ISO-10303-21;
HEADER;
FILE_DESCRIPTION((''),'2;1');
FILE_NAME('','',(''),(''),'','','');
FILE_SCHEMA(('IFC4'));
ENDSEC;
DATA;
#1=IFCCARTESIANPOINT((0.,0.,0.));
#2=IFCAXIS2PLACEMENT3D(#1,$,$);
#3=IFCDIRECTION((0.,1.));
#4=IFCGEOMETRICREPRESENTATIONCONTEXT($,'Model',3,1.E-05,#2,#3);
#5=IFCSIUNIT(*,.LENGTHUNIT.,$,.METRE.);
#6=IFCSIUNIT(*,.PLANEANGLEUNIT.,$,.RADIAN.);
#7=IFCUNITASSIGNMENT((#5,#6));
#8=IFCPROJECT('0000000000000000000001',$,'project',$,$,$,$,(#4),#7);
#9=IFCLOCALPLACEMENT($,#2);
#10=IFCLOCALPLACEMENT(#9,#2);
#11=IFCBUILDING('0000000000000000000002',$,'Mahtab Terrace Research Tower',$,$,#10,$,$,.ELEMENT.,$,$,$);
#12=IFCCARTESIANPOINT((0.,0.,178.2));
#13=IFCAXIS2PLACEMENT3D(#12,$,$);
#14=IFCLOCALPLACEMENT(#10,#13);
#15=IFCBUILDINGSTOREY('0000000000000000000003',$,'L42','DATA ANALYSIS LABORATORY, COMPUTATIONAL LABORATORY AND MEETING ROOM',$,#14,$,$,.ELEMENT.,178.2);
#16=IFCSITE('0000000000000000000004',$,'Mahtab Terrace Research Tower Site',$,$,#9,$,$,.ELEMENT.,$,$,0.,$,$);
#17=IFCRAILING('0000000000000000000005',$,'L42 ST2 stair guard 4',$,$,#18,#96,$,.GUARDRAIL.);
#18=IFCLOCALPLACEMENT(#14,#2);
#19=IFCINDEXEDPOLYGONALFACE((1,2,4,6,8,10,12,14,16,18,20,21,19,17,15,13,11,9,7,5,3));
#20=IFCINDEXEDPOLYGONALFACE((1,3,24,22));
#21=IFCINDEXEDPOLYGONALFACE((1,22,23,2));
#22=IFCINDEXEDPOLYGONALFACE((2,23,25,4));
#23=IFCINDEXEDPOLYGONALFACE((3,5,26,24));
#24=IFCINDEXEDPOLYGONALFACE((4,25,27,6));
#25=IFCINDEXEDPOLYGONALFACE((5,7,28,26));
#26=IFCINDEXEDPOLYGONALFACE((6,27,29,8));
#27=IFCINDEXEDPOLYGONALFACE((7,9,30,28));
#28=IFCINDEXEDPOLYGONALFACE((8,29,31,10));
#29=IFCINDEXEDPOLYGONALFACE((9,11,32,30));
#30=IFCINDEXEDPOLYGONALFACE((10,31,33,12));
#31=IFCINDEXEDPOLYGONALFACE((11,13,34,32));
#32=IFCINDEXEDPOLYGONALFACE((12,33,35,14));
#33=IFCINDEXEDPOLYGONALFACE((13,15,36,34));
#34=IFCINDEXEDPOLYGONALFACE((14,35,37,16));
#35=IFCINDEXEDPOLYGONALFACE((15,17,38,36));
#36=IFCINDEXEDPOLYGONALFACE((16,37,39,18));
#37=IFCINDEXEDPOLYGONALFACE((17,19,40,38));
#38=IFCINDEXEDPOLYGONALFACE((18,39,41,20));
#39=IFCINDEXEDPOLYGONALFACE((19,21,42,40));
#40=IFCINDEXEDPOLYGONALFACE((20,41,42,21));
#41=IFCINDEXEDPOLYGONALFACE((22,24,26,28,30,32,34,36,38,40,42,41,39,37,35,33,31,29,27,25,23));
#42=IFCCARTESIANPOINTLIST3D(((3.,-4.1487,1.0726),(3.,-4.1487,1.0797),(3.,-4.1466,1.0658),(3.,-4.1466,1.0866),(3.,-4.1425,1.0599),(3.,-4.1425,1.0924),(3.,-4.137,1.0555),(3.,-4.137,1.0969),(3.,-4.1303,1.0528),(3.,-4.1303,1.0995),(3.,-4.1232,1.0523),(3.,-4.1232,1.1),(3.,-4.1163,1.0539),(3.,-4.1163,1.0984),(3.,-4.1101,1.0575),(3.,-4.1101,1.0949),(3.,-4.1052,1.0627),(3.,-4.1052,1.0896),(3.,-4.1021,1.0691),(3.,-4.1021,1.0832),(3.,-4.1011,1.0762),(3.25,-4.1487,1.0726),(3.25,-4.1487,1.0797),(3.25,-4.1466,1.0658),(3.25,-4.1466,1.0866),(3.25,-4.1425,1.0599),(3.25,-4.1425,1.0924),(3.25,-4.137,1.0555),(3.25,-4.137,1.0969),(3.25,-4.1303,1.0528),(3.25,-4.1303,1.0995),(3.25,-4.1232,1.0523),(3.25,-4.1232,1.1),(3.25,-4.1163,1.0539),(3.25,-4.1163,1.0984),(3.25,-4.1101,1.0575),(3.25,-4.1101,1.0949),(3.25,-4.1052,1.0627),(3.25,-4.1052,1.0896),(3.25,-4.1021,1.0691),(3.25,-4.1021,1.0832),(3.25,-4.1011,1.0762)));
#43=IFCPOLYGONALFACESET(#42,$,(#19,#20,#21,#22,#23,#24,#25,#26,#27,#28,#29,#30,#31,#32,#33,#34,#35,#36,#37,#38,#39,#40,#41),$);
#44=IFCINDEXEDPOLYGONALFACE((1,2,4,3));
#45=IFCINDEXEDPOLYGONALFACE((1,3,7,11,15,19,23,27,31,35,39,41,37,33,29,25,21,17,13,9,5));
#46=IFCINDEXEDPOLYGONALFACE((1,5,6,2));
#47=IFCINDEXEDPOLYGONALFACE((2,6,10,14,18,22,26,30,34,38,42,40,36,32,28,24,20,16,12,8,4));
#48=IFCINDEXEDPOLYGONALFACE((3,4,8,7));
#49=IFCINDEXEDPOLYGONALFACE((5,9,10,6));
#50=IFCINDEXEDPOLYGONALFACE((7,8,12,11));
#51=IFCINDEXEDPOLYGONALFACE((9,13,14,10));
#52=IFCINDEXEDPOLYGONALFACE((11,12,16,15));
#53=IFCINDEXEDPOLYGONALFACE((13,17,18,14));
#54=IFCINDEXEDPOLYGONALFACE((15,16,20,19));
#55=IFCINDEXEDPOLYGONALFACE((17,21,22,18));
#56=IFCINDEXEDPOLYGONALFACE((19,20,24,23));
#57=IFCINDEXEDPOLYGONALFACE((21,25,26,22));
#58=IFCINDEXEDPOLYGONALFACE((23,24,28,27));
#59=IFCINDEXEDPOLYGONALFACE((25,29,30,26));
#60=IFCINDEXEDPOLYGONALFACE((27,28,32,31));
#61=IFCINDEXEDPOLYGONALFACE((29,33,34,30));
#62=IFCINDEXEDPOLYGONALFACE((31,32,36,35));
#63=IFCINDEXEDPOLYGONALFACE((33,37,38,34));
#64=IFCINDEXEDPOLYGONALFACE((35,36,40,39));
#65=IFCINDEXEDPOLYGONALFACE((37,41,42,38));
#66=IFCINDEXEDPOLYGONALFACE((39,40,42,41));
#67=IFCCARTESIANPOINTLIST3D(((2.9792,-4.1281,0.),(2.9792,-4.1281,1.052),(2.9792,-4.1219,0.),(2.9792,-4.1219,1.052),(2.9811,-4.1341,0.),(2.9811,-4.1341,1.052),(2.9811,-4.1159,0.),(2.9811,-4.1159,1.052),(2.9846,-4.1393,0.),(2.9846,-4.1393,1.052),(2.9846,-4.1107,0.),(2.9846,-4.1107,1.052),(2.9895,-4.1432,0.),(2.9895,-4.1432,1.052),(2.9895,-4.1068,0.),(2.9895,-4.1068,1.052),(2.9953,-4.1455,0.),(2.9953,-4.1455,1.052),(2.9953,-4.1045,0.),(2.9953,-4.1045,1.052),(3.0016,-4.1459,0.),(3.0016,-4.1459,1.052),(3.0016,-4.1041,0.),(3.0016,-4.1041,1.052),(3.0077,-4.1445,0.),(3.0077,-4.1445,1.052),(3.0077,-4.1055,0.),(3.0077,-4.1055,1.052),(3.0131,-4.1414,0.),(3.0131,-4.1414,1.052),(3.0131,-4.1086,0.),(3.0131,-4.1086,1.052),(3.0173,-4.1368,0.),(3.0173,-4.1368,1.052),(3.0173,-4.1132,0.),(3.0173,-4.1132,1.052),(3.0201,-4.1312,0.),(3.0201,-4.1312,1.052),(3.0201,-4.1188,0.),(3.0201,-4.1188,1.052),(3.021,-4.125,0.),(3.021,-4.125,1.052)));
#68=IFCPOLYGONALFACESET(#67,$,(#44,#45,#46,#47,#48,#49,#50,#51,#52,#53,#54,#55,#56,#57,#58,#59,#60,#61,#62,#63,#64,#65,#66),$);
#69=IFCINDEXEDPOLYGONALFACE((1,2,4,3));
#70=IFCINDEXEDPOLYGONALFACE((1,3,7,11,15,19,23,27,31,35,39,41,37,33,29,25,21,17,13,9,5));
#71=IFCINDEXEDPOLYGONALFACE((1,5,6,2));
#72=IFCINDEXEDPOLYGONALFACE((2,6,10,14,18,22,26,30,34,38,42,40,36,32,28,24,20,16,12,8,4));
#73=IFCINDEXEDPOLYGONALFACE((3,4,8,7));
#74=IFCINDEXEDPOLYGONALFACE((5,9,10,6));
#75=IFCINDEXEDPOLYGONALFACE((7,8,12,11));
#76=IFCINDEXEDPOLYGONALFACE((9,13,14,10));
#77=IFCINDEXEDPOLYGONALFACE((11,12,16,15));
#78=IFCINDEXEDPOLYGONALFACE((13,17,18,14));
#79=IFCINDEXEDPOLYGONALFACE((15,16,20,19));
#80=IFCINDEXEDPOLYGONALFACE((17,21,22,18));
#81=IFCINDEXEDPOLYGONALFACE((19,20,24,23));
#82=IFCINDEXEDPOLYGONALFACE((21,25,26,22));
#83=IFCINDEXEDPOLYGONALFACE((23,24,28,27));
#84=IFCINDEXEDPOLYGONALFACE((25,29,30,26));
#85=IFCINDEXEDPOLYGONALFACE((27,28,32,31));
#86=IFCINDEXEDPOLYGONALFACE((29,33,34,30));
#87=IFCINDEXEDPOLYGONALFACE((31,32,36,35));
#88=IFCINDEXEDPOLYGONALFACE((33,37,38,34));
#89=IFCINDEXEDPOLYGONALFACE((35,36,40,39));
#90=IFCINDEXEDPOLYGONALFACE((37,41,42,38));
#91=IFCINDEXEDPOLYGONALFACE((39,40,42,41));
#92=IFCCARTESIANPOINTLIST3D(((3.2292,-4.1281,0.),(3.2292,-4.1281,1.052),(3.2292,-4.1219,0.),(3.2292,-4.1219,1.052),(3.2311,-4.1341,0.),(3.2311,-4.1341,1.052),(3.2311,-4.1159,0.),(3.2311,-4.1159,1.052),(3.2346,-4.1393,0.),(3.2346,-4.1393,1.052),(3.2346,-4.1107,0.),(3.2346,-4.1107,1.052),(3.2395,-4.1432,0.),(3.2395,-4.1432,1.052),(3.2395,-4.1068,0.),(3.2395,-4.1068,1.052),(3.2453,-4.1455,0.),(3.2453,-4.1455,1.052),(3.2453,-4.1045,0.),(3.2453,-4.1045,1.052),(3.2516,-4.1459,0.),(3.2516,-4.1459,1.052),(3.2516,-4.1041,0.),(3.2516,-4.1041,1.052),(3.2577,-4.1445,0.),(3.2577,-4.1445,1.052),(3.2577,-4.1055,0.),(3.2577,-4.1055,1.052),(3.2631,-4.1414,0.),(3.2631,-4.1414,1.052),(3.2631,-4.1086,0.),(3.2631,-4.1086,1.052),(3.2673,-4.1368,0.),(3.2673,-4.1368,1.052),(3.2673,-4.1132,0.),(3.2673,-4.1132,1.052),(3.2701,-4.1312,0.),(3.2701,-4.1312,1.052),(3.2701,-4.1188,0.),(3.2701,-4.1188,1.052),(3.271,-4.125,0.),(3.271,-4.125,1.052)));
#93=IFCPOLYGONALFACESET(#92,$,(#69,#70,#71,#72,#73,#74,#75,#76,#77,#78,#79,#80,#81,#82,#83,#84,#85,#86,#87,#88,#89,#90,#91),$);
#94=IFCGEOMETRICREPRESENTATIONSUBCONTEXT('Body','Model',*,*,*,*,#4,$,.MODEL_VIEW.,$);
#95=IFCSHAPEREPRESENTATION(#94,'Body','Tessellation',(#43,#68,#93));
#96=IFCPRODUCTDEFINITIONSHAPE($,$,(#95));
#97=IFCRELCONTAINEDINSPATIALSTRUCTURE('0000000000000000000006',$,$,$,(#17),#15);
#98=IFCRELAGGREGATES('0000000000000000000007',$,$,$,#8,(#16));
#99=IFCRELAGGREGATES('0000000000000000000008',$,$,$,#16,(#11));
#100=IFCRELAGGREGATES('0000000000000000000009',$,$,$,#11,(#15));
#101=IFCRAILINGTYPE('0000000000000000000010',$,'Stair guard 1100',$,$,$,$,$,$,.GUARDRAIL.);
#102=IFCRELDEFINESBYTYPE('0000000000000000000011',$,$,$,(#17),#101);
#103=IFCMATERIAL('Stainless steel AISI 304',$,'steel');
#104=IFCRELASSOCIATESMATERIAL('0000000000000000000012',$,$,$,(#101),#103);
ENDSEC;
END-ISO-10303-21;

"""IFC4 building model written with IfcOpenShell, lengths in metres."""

from ifc_helpers import new_model, si_unit, direction, frame, origin, origin_2d, place, context, subcontext, project, spatial, circle, extrude, material, type_object, element, save


model = new_model("IFC4")

# Units and contexts
model_context = context("Model", 3, precision=1e-05, world=origin(), true_north=direction((0.0, 1.0)))
body_context = subcontext(model_context, "Body", "Model", "MODEL_VIEW")
ifc_project = project(units=[si_unit("LENGTHUNIT", "METRE"), si_unit("PLANEANGLEUNIT", "RADIAN")], contexts=[model_context])

# Site, building, storey
site_placement = place(None, origin())
site = spatial("IfcSite", under=ifc_project, at=site_placement, Name="Mahtab Terrace Research Tower Site", CompositionType="ELEMENT", RefElevation=0.0)
building_placement = place(site_placement, origin())
building = spatial("IfcBuilding", under=site, at=building_placement, Name="Mahtab Terrace Research Tower", CompositionType="ELEMENT")
storey_placement = place(building_placement, frame((0.0, 0.0, 178.2)))
storey = spatial("IfcBuildingStorey", under=building, at=storey_placement, Name="L42", Description="DATA ANALYSIS LABORATORY, COMPUTATIONAL LABORATORY AND MEETING ROOM", CompositionType="ELEMENT", Elevation=178.2)

# Railing
ifc_material_1 = material(Name="Stainless steel AISI 304", Category="steel")
railing_type_1 = type_object("IfcRailingType", Name="Stair guard 1100", PredefinedType="GUARDRAIL", material=ifc_material_1)
railing_1_placement = place(storey_placement, frame((3.0, -4.125, 0.0)))
element("IfcRailing", 1, at=railing_1_placement, inside=storey, type_object=railing_type_1, Name="L42 ST2 stair guard 4", PredefinedType="GUARDRAIL", context=body_context, shape_type="SweptSolid", body=[
    extrude(circle(Radius=0.0239, at=origin_2d()), frame((0.0, 0.0, 1.0762), z_axis=(1.0, 0.0, 0.0), x_axis=(0.0, 1.0, 0.0)), (0.0, 0.0, 1.0), 0.25),
    extrude(circle(Radius=0.021, at=origin_2d()), origin(), (0.0, 0.0, 1.0), 1.052),
    extrude(circle(Radius=0.021, at=origin_2d()), frame((0.25, 0.0, 0.0)), (0.0, 0.0, 1.0), 1.052),
])

save(model, "model.ifc")
